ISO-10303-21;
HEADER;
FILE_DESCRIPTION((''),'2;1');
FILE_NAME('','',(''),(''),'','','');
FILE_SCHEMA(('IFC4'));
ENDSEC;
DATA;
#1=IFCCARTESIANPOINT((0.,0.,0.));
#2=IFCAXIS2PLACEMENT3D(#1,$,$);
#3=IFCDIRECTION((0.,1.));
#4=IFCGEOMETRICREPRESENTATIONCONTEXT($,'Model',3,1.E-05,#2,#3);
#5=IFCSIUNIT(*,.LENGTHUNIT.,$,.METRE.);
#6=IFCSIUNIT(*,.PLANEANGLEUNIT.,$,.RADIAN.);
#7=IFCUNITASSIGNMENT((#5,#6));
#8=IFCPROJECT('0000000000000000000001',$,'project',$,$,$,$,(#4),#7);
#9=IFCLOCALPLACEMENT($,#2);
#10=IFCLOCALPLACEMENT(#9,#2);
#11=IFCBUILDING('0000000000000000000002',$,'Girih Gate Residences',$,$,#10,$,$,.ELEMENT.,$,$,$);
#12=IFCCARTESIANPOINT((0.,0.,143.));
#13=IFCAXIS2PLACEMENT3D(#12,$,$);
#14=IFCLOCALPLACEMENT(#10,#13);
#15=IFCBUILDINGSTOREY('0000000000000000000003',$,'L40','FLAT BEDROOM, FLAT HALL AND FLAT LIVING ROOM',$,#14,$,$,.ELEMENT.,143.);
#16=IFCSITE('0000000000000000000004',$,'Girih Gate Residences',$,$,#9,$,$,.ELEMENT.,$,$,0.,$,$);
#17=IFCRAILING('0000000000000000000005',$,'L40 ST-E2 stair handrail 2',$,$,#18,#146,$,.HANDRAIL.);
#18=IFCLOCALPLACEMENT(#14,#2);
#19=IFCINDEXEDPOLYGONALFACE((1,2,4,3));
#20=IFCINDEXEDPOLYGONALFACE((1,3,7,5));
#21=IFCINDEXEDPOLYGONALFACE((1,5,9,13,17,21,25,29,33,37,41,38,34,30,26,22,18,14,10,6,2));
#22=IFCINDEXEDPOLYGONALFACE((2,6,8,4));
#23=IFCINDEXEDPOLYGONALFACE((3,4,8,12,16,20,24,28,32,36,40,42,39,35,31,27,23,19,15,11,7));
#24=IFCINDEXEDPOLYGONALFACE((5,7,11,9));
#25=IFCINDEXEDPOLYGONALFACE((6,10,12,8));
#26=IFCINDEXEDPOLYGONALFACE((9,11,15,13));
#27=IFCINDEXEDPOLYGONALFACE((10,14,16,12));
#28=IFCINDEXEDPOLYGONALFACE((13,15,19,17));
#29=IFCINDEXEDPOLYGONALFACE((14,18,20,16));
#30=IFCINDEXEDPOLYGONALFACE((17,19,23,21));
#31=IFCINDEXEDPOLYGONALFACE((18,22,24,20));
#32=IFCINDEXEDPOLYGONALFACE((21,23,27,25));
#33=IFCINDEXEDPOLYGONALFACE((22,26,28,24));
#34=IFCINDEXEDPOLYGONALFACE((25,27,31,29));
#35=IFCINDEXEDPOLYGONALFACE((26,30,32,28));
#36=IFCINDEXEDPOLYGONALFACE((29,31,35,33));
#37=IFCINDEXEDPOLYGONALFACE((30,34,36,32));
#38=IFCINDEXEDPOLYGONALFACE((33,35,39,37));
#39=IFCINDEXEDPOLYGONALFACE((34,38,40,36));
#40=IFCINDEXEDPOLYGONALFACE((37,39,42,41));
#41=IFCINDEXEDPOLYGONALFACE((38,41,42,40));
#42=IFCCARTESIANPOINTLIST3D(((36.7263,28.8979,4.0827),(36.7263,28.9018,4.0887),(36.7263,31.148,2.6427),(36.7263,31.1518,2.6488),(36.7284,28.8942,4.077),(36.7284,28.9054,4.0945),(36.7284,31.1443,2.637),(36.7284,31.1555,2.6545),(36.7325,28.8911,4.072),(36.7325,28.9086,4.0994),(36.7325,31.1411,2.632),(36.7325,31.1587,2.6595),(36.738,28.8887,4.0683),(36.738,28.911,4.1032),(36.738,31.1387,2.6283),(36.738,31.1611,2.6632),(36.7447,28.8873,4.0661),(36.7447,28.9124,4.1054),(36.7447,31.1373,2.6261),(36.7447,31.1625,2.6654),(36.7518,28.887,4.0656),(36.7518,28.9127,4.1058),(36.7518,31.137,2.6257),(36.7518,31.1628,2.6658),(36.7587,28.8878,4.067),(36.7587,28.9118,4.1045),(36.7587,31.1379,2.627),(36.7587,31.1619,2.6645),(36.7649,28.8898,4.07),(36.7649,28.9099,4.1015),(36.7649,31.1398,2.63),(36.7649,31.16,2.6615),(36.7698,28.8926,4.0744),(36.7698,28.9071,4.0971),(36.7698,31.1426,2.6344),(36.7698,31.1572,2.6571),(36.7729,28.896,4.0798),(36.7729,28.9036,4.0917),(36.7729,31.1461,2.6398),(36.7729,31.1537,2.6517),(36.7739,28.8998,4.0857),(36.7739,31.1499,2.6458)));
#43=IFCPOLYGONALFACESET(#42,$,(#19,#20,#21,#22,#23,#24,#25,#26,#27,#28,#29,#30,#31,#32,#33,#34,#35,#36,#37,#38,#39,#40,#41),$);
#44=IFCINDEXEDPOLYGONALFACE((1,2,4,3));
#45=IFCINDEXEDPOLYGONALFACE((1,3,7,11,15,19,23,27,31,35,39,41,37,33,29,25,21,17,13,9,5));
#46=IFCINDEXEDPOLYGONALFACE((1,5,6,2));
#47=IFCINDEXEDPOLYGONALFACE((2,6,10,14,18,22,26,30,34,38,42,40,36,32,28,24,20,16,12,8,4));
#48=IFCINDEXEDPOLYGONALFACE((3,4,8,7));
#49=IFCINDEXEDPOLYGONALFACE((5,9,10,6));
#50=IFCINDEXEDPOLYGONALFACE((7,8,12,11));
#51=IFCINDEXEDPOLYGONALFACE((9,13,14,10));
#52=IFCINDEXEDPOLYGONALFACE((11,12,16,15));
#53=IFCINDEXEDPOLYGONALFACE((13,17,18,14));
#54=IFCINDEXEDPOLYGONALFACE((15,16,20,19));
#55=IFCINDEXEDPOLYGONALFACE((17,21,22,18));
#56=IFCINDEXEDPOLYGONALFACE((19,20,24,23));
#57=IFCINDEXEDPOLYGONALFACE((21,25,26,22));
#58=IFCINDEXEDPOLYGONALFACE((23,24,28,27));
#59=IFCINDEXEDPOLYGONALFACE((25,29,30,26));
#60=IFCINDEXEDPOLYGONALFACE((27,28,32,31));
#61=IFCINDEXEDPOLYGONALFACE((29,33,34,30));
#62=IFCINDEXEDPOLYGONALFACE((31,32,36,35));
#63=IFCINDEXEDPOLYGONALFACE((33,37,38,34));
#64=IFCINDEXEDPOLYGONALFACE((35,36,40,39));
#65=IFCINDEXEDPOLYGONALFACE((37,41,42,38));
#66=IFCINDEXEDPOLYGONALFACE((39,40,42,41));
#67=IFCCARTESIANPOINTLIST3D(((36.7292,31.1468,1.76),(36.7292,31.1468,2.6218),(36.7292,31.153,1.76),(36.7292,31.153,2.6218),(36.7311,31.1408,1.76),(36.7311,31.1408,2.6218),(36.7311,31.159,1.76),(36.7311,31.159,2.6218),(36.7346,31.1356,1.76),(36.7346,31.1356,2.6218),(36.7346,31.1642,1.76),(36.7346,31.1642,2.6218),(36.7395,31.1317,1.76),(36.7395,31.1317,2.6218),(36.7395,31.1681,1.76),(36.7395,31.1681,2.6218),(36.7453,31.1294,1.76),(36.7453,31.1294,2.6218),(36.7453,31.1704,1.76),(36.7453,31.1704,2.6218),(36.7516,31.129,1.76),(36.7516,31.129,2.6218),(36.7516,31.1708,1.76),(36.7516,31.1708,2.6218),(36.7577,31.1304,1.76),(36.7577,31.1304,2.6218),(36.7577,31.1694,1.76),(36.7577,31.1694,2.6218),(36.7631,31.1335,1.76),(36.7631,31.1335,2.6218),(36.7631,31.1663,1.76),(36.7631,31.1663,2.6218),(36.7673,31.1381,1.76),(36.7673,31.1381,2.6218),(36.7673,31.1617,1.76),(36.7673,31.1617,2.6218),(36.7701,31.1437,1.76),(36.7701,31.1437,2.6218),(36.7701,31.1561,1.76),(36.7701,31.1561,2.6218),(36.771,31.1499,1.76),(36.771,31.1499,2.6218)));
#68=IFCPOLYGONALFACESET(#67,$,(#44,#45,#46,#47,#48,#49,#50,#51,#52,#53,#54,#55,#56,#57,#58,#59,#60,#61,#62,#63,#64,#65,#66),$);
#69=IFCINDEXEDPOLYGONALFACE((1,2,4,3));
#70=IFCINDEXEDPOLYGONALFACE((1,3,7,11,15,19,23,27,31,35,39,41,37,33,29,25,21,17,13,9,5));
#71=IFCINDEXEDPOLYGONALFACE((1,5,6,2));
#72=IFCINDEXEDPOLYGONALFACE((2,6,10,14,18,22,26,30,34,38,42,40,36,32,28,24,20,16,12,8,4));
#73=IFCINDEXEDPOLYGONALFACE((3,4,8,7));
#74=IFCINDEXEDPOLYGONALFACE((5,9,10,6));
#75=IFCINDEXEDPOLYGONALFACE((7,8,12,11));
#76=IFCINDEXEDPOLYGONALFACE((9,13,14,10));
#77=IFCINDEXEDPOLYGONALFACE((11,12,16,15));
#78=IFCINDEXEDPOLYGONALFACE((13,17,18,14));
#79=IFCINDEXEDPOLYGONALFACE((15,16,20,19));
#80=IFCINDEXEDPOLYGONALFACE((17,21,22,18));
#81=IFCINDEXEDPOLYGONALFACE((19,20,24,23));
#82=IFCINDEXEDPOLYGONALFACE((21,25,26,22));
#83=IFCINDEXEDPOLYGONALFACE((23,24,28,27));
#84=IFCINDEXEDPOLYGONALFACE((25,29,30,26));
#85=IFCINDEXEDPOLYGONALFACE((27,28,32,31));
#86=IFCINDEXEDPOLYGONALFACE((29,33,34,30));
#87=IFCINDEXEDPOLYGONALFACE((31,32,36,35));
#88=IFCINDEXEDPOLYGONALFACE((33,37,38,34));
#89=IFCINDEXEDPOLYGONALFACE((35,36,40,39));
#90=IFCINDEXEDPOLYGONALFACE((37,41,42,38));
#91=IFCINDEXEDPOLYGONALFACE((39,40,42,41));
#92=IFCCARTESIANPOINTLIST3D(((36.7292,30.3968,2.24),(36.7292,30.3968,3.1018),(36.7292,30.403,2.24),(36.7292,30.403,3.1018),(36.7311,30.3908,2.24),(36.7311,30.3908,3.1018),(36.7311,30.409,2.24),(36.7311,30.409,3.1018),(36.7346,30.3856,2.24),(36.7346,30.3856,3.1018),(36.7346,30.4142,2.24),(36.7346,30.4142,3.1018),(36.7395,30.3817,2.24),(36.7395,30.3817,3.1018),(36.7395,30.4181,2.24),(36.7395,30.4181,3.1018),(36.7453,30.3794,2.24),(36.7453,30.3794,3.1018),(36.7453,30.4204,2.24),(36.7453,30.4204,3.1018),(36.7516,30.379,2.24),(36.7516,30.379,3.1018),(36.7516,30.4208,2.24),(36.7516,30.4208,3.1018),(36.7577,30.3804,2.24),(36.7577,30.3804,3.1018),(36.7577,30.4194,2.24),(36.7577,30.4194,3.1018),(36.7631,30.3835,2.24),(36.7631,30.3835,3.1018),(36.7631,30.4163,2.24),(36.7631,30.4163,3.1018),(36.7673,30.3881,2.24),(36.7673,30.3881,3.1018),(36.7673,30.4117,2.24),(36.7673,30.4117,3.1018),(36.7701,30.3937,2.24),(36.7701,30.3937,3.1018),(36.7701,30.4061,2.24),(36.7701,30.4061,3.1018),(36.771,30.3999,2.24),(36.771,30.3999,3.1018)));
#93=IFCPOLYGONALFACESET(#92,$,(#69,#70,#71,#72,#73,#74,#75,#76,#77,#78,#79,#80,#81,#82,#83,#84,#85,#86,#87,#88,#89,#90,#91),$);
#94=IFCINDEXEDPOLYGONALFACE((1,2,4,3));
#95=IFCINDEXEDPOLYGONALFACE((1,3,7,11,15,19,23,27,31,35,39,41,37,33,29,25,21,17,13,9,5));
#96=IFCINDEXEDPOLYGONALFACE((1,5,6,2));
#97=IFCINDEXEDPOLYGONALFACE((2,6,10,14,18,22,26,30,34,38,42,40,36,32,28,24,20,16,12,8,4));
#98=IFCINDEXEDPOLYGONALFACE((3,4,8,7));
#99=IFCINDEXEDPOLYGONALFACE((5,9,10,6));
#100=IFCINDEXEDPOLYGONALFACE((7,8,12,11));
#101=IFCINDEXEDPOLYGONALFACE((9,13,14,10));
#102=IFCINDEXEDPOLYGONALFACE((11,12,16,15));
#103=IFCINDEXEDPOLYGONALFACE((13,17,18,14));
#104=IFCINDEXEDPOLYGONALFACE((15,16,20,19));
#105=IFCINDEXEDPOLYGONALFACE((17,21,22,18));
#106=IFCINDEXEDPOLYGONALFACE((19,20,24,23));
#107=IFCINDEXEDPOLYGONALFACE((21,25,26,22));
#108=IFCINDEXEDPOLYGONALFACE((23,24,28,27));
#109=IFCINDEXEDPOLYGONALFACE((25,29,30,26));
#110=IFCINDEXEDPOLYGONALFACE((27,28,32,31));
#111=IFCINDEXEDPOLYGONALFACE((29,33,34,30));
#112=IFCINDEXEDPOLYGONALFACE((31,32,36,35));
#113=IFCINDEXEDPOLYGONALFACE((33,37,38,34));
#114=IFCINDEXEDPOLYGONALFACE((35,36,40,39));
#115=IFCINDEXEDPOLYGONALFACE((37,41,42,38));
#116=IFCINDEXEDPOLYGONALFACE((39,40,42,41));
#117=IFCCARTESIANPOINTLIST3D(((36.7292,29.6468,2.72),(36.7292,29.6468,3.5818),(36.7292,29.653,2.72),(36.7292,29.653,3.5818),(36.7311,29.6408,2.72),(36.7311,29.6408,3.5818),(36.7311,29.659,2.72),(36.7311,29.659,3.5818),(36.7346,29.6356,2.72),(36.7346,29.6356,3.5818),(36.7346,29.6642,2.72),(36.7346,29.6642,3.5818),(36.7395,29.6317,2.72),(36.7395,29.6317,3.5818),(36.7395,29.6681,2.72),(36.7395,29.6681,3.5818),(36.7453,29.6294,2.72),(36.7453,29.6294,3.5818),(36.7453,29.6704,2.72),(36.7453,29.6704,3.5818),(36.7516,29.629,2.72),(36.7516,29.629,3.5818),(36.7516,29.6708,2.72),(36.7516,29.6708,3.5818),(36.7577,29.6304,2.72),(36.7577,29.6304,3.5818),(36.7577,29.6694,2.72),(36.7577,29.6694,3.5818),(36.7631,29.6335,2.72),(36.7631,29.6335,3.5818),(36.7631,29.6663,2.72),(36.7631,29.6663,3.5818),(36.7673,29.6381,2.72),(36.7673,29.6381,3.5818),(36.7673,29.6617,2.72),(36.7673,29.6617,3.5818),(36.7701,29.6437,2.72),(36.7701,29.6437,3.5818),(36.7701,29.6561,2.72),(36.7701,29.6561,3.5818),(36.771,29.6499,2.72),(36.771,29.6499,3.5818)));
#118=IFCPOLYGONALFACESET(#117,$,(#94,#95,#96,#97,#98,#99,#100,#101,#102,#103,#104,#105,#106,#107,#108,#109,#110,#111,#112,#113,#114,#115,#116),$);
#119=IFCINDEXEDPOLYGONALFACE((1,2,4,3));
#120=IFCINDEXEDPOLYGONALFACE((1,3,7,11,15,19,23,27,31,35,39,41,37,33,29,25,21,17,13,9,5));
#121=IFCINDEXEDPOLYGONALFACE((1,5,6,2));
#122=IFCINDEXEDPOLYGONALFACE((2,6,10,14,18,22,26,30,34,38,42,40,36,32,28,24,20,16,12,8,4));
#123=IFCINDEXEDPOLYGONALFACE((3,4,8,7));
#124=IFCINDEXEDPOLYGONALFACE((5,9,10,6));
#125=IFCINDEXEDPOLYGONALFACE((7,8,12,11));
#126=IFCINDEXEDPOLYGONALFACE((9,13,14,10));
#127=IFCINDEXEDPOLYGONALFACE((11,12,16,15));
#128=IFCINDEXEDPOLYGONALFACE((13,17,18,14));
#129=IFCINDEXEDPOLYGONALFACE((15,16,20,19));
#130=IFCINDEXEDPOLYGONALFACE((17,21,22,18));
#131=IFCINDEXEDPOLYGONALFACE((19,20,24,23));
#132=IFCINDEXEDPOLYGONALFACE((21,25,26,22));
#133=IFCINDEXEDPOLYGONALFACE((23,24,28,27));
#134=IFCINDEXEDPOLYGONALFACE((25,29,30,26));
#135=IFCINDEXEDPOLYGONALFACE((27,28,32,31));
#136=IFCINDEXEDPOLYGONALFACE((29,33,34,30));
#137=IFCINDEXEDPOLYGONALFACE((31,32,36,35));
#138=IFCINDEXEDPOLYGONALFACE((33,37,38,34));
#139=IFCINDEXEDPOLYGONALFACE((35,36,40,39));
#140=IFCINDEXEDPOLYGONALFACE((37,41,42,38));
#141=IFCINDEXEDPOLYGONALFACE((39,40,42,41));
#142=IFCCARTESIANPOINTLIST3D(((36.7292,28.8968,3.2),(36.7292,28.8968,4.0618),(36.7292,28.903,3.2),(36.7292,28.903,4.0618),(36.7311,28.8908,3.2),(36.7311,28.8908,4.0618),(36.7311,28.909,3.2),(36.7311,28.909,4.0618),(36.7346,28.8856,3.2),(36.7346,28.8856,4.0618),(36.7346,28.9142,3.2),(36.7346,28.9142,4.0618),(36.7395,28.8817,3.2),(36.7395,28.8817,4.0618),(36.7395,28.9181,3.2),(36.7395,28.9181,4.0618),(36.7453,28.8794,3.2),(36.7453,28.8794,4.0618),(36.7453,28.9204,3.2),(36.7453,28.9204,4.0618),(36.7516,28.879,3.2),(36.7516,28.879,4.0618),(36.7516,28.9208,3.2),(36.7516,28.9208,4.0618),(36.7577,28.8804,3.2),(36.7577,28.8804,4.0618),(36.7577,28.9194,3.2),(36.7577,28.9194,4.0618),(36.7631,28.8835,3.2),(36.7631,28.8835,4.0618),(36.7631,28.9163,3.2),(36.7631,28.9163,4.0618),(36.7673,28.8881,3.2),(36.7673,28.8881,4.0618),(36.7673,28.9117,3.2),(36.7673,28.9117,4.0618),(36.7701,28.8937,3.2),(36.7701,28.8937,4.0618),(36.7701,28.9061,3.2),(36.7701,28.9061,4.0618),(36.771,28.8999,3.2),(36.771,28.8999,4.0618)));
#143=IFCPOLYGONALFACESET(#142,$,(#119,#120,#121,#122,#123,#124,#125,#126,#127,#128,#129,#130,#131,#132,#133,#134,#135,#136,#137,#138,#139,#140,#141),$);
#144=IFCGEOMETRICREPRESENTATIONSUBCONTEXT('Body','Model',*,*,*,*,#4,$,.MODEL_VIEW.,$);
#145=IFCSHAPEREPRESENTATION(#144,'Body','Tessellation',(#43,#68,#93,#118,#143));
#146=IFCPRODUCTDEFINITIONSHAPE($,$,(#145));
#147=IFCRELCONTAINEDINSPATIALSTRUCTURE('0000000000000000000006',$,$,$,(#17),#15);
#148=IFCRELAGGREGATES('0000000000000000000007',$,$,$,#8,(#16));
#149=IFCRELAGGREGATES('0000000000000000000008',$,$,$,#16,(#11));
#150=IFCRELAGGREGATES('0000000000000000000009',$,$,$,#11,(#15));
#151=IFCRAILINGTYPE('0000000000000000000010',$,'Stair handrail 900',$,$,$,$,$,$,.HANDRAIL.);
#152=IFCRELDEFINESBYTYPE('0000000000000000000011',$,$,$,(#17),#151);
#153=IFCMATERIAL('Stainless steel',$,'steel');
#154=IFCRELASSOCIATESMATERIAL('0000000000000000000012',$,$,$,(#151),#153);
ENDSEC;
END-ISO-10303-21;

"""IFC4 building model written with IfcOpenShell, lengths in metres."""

from ifc_helpers import new_model, si_unit, direction, frame, origin, origin_2d, place, context, subcontext, project, spatial, circle, extrude, material, type_object, element, save


model = new_model("IFC4")

# Units and contexts
model_context = context("Model", 3, precision=1e-05, world=origin(), true_north=direction((0.0, 1.0)))
body_context = subcontext(model_context, "Body", "Model", "MODEL_VIEW")
ifc_project = project(units=[si_unit("LENGTHUNIT", "METRE"), si_unit("PLANEANGLEUNIT", "RADIAN")], contexts=[model_context])

# Site, building, storey
site_placement = place(None, origin())
site = spatial("IfcSite", under=ifc_project, at=site_placement, Name="Girih Gate Residences", CompositionType="ELEMENT", RefElevation=0.0)
building_placement = place(site_placement, origin())
building = spatial("IfcBuilding", under=site, at=building_placement, Name="Girih Gate Residences", CompositionType="ELEMENT")
storey_placement = place(building_placement, frame((0.0, 0.0, 143.0)))
storey = spatial("IfcBuildingStorey", under=building, at=storey_placement, Name="L40", Description="FLAT BEDROOM, FLAT HALL AND FLAT LIVING ROOM", CompositionType="ELEMENT", Elevation=143.0)

# Railing
ifc_material_1 = material(Name="Stainless steel", Category="steel")
railing_type_1 = type_object("IfcRailingType", Name="Stair handrail 900", PredefinedType="HANDRAIL", material=ifc_material_1)
railing_1_placement = place(storey_placement, frame((36.75, 31.1499, 1.76)))
element("IfcRailing", 1, at=railing_1_placement, inside=storey, type_object=railing_type_1, Name="L40 ST-E2 stair handrail 2", PredefinedType="HANDRAIL", context=body_context, shape_type="SweptSolid", body=[
    extrude(circle(Radius=0.0239, at=origin_2d()), frame((0.0, 0.0, 0.8857), z_axis=(0.0, -0.842281, 0.539038), x_axis=(1.0, 0.0, 0.0)), (0.0, 0.0, 1.0), 2.6714),
    extrude(circle(Radius=0.021, at=origin_2d()), origin(), (0.0, 0.0, 1.0), 0.8618),
    extrude(circle(Radius=0.021, at=origin_2d()), frame((0.0, -0.75, 0.48)), (0.0, 0.0, 1.0), 0.8618),
    extrude(circle(Radius=0.021, at=origin_2d()), frame((0.0, -1.5, 0.96)), (0.0, 0.0, 1.0), 0.8618),
    extrude(circle(Radius=0.021, at=origin_2d()), frame((0.0, -2.25, 1.4399)), (0.0, 0.0, 1.0), 0.8618),
])

save(model, "model.ifc")
